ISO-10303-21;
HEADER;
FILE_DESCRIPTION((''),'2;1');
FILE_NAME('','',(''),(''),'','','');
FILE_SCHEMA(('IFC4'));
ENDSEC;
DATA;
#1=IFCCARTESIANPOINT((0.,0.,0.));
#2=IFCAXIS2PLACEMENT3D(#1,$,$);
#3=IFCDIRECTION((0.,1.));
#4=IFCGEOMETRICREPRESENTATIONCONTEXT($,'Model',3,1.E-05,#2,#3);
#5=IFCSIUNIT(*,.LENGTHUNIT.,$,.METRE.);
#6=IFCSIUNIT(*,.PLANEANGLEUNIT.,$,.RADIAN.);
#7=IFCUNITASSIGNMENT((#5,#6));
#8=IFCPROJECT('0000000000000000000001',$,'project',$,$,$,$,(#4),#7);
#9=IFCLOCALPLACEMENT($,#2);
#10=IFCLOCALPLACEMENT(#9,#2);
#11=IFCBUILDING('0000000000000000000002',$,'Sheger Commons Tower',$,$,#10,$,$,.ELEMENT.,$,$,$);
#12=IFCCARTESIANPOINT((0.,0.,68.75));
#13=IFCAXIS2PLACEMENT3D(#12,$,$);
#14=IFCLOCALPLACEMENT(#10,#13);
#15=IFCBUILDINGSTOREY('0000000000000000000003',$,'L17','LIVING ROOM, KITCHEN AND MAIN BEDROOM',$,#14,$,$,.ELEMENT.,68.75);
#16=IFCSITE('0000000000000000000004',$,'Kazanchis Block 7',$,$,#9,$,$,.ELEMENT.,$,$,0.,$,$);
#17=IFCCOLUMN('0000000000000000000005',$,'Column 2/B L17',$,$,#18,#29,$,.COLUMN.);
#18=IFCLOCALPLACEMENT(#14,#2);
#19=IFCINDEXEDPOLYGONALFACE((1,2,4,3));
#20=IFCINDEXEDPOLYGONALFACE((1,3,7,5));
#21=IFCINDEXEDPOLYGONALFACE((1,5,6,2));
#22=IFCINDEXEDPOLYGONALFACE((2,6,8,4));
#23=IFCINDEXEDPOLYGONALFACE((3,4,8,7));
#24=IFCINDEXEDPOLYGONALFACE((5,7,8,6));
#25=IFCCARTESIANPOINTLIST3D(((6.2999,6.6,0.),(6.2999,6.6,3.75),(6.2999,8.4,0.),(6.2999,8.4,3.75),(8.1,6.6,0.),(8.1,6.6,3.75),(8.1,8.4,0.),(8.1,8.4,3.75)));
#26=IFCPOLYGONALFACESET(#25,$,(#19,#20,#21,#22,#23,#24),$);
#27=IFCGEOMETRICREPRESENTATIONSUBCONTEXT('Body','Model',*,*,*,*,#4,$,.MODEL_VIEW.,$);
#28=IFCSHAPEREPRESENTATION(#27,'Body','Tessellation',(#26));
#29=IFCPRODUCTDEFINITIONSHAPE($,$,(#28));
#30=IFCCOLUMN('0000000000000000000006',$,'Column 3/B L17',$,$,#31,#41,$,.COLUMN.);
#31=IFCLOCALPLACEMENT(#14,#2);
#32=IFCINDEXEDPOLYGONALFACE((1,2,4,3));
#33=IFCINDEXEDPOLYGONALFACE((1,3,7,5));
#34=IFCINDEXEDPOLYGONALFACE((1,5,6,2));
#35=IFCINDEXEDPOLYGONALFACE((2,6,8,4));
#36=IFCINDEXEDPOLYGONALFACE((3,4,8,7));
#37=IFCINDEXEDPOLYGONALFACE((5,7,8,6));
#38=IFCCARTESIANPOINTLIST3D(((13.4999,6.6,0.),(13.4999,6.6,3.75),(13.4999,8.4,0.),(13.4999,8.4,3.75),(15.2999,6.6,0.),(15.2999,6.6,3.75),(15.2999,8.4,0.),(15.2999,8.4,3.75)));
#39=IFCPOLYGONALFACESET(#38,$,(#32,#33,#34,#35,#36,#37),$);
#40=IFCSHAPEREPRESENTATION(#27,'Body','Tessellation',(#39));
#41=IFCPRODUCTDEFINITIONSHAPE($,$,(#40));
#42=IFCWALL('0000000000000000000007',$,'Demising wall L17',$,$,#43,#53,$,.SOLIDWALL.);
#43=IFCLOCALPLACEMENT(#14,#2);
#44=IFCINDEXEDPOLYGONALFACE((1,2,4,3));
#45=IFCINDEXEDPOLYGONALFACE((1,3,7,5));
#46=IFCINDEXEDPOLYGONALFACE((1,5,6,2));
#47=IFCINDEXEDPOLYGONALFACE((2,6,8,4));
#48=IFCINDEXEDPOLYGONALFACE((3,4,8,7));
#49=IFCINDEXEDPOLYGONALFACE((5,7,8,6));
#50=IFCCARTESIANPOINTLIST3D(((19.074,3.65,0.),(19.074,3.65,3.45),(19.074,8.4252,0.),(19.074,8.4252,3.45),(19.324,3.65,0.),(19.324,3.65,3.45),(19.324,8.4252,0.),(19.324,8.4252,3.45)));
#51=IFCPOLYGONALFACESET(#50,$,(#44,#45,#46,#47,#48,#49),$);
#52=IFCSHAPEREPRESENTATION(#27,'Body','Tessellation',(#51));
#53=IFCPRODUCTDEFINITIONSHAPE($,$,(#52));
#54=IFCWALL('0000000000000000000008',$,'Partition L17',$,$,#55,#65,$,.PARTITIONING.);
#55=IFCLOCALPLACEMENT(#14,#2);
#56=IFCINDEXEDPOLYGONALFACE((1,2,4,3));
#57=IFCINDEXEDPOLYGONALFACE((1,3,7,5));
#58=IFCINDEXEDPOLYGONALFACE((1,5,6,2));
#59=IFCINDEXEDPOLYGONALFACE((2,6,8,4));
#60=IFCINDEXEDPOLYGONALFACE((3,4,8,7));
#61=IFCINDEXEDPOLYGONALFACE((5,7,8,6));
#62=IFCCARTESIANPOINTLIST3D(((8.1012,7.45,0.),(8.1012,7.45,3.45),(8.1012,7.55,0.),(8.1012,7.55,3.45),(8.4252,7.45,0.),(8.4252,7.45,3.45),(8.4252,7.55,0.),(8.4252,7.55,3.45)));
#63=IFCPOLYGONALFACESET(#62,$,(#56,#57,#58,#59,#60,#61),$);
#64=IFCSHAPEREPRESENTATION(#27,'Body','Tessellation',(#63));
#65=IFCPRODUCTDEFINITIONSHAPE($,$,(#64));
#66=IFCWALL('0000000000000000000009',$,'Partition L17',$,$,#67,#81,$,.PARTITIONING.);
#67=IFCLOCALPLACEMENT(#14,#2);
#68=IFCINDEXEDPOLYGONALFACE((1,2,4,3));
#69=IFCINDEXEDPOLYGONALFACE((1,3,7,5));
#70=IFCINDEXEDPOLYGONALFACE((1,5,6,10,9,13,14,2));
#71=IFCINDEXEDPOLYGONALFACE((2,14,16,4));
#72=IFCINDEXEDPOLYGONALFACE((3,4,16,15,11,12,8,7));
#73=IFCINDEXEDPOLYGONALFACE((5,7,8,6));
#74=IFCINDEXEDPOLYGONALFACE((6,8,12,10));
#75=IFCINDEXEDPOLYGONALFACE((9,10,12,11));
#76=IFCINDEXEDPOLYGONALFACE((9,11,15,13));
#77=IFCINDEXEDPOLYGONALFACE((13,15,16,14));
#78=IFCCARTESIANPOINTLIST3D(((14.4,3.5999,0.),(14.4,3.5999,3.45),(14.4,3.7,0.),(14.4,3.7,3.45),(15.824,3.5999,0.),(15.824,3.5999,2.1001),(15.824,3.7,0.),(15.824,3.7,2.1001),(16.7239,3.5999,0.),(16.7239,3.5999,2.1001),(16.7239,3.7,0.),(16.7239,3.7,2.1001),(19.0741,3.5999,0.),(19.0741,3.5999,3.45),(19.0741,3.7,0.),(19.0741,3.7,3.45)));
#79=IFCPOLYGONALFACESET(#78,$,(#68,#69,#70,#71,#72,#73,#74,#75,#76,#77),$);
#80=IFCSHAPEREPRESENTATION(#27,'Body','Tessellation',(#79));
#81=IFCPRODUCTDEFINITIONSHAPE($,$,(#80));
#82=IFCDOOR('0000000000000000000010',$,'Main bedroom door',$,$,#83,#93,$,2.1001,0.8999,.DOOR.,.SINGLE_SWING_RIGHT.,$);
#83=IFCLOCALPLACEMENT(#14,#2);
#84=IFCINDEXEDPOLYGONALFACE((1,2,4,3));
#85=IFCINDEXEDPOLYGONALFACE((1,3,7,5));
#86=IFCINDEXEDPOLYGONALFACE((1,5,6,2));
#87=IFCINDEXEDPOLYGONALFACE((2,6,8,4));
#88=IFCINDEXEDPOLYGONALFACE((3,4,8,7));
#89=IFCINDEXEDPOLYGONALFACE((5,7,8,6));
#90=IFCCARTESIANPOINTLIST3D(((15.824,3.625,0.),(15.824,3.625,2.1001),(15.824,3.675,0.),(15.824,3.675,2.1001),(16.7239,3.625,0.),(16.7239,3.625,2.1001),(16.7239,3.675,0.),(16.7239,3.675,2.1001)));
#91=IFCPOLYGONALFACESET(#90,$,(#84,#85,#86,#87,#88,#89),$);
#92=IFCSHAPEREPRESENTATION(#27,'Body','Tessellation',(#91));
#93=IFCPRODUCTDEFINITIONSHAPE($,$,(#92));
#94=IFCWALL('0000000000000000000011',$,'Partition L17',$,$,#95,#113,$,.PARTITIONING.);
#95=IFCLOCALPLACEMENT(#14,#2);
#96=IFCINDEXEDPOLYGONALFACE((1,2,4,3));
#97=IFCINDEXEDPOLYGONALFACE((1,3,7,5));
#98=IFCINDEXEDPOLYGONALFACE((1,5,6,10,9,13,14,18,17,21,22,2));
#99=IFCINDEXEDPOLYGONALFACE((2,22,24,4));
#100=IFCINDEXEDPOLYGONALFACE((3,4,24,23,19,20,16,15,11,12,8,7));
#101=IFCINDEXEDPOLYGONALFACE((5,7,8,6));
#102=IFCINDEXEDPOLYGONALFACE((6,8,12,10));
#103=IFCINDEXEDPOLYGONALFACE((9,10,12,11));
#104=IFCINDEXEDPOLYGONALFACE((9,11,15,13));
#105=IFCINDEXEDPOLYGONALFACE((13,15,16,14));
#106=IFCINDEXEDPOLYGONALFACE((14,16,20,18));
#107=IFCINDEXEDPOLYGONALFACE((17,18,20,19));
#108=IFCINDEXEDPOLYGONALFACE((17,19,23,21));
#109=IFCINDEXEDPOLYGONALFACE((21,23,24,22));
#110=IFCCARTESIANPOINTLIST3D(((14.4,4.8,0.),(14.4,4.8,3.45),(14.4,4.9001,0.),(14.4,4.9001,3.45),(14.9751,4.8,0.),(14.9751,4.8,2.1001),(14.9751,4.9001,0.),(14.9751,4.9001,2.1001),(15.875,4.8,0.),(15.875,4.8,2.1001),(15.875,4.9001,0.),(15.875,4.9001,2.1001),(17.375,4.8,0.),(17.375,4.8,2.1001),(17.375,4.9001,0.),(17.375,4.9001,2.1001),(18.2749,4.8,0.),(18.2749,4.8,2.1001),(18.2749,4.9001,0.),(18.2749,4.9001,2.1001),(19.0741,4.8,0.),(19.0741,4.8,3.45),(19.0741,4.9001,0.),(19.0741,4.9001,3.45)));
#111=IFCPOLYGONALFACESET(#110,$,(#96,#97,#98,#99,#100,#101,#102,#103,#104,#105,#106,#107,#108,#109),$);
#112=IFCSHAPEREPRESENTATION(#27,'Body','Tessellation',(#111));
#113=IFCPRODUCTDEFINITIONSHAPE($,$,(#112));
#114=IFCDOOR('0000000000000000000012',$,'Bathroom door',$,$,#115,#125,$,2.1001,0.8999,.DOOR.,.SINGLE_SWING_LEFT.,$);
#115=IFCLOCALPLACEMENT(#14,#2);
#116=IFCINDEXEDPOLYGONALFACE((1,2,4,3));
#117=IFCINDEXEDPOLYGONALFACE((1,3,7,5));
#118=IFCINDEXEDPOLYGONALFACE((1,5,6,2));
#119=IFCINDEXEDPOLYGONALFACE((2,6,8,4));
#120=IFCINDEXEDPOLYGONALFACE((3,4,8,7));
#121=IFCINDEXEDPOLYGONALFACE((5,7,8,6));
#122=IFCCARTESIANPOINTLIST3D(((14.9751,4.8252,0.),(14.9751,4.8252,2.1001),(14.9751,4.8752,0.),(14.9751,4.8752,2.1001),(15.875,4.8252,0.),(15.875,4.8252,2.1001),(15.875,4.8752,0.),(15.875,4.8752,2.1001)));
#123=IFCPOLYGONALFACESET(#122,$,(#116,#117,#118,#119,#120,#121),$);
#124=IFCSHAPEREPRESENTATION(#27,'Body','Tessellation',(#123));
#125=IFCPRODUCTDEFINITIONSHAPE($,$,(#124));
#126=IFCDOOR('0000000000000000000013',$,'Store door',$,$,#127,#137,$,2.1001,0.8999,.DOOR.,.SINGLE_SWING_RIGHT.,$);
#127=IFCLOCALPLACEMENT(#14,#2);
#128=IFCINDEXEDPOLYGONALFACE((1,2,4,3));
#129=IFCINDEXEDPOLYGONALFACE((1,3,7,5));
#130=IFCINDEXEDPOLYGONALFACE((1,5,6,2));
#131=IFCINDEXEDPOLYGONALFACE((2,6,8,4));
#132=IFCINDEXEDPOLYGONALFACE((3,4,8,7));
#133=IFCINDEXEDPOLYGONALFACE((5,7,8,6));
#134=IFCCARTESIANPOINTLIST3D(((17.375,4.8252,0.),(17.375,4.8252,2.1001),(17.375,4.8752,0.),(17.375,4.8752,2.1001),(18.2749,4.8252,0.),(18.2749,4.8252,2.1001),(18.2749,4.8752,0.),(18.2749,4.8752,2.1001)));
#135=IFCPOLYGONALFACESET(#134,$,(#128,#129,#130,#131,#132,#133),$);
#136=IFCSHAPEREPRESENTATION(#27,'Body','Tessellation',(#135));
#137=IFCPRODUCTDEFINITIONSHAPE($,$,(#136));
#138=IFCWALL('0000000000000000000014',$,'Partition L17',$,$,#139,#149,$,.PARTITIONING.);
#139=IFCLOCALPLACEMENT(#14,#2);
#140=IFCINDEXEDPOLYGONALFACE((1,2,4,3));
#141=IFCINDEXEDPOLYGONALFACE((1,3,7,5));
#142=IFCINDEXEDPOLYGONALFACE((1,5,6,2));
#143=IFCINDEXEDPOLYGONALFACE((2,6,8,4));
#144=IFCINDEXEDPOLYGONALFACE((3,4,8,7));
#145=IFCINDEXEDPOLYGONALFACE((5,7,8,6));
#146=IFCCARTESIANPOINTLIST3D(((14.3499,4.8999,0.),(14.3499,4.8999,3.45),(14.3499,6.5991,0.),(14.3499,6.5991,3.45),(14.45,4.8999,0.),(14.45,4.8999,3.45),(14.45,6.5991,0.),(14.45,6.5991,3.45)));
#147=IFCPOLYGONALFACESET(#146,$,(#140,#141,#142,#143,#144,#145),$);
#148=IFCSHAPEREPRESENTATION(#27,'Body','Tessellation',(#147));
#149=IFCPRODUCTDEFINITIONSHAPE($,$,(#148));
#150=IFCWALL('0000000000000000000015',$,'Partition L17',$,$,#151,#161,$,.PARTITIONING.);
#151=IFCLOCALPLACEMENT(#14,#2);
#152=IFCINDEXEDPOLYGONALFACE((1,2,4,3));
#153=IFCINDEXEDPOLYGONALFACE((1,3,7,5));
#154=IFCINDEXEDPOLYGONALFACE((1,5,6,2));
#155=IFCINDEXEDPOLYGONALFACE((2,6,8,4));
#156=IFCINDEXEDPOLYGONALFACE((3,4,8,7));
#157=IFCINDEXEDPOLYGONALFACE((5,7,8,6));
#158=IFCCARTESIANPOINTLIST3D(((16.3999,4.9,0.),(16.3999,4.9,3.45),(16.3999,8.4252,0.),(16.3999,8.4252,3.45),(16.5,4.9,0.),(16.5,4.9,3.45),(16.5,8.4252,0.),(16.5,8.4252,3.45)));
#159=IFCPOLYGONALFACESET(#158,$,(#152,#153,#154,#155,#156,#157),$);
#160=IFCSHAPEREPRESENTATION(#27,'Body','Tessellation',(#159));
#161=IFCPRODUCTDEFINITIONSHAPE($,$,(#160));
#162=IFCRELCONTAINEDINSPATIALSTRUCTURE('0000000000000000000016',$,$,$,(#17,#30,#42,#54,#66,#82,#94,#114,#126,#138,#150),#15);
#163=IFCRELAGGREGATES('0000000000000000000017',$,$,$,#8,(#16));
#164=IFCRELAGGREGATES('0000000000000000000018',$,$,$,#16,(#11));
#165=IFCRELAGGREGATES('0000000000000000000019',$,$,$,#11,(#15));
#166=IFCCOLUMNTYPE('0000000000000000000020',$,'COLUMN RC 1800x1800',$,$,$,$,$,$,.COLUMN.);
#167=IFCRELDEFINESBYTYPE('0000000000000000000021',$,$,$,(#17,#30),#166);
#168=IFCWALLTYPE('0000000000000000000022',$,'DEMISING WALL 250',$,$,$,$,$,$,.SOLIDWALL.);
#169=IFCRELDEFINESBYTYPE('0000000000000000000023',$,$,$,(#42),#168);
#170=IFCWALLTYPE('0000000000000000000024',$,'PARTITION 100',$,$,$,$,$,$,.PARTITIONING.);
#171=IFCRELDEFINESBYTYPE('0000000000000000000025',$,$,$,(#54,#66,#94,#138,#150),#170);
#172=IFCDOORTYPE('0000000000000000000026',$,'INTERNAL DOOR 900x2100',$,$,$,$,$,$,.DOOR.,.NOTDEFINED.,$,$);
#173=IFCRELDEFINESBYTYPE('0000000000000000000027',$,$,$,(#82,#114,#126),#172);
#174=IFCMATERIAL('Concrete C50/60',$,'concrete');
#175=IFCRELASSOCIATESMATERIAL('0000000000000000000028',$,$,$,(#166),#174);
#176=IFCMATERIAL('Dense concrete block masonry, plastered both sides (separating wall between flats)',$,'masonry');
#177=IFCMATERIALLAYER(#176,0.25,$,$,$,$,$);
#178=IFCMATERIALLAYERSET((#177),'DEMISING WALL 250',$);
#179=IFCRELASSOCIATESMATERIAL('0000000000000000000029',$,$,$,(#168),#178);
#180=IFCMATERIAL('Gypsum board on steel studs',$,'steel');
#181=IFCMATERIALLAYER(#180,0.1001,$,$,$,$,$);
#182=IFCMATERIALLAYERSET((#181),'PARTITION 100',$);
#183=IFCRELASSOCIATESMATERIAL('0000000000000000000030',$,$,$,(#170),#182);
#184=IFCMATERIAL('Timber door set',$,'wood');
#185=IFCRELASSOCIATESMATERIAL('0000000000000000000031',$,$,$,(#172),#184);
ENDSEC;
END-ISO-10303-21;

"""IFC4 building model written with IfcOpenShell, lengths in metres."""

from ifc_helpers import new_model, si_unit, direction, frame, frame_2d, origin, origin_2d, place, context, subcontext, project, spatial, rectangle, extrude, material, layer, layer_set, material_profile, profile_set, type_object, element, fill, save


model = new_model("IFC4")

# Units and contexts
model_context = context("Model", 3, precision=1e-05, world=origin(), true_north=direction((0.0, 1.0)))
body_context = subcontext(model_context, "Body", "Model", "MODEL_VIEW")
ifc_project = project(units=[si_unit("LENGTHUNIT", "METRE"), si_unit("PLANEANGLEUNIT", "RADIAN")], contexts=[model_context])

# Site, building, storey
site_placement = place(None, origin())
site = spatial("IfcSite", under=ifc_project, at=site_placement, Name="Kazanchis Block 7", CompositionType="ELEMENT", RefElevation=0.0)
building_placement = place(site_placement, origin())
building = spatial("IfcBuilding", under=site, at=building_placement, Name="Sheger Commons Tower", CompositionType="ELEMENT")
storey_placement = place(building_placement, frame((0.0, 0.0, 68.75)))
storey = spatial("IfcBuildingStorey", under=building, at=storey_placement, Name="L17", Description="LIVING ROOM, KITCHEN AND MAIN BEDROOM", CompositionType="ELEMENT", Elevation=68.75)

# Columns
ifc_material_1 = material(Name="Concrete C50/60", Category="concrete")
ifc_material_profile = material_profile(ifc_material_1, rectangle(XDim=1.8, YDim=1.8, at=origin_2d()), Name="RC 1800x1800")
ifc_profile_set = profile_set([ifc_material_profile], Name="Concrete C50/60")
column_type = type_object("IfcColumnType", Name="COLUMN RC 1800x1800", PredefinedType="COLUMN", material=ifc_profile_set)
for number, where, z_axis, x_axis, name in (
    (1, (7.2, 7.5, 0.0), (0.0, 0.0, 1.0), (1.0, 0.0, 0.0), "Column 2/B L17"),
    (2, (14.3999, 7.5, 0.0), (0.0, 0.0, 1.0), (1.0, 0.0, 0.0), "Column 3/B L17"),
):
    element("IfcColumn", number, at=place(storey_placement, frame(where, z_axis=z_axis, x_axis=x_axis)), inside=storey, type_object=column_type, Name=name, PredefinedType="COLUMN", context=body_context, shape_type="SweptSolid", body=[
        extrude(rectangle(XDim=1.8, YDim=1.8, at=origin_2d()), origin(), (0.0, 0.0, 1.0), 3.75),
    ])

# Walls
ifc_material_2 = material(Name="Dense concrete block masonry, plastered both sides (separating wall between flats)", Category="masonry")
ifc_layer_1 = layer(ifc_material_2, 0.25)
ifc_layer_set_1 = layer_set([ifc_layer_1], Name="DEMISING WALL 250")
wall_type_1 = type_object("IfcWallType", Name="DEMISING WALL 250", PredefinedType="SOLIDWALL", material=ifc_layer_set_1)
wall_1_placement = place(storey_placement, frame((19.199, 3.6499, 0.0), z_axis=(0.0, 0.0, 1.0), x_axis=(0.0, 1.0, 0.0)))
element("IfcWall", 3, at=wall_1_placement, inside=storey, type_object=wall_type_1, Name="Demising wall L17", PredefinedType="SOLIDWALL", context=body_context, shape_type="SweptSolid", body=[
    extrude(rectangle(XDim=4.7751, YDim=0.25, at=frame_2d((2.3877, 0.0))), origin(), (0.0, 0.0, 1.0), 3.45),
])
ifc_material_3 = material(Name="Gypsum board on steel studs", Category="steel")
ifc_layer_2 = layer(ifc_material_3, 0.1001)
ifc_layer_set_2 = layer_set([ifc_layer_2], Name="PARTITION 100")
wall_type_2 = type_object("IfcWallType", Name="PARTITION 100", PredefinedType="PARTITIONING", material=ifc_layer_set_2)
wall_2_placement = place(storey_placement, frame((8.1011, 7.5, 0.0), z_axis=(0.0, 0.0, 1.0), x_axis=(1.0, 0.0, 0.0)))
element("IfcWall", 4, at=wall_2_placement, inside=storey, type_object=wall_type_2, Name="Partition L17", PredefinedType="PARTITIONING", context=body_context, shape_type="SweptSolid", body=[
    extrude(rectangle(XDim=0.324, YDim=0.1001, at=frame_2d((0.1621, 0.0))), origin(), (0.0, 0.0, 1.0), 3.45),
])

# Wall, opening, door
wall_3_placement = place(storey_placement, frame((19.074, 3.6499, 0.0), z_axis=(0.0, 0.0, 1.0), x_axis=(-1.0, 0.0, 0.0)))
wall_3 = element("IfcWall", 5, at=wall_3_placement, inside=storey, type_object=wall_type_2, Name="Partition L17", PredefinedType="PARTITIONING", context=body_context, shape_type="SweptSolid", body=[
    extrude(rectangle(XDim=4.6741, YDim=0.1001, at=frame_2d((2.3369, 0.0))), origin(), (0.0, 0.0, 1.0), 3.45),
])
opening_1_placement = place(wall_3_placement, frame((2.3501, 0.0, 0.0)))
opening_1 = element("IfcOpeningElement", 6, at=opening_1_placement, cuts=wall_3, PredefinedType="OPENING", context=body_context, shape_type="SweptSolid", body=[
    extrude(rectangle(XDim=0.8999, YDim=2.1001, at=frame_2d((0.45, 1.05))), frame((0.0, 0.0601, 0.0), z_axis=(0.0, -1.0, 0.0), x_axis=(1.0, 0.0, 0.0)), (0.0, 0.0, 1.0), 0.1201),
])
ifc_material_4 = material(Name="Timber door set", Category="wood")
door_type_1 = type_object("IfcDoorType", Name="INTERNAL DOOR 900x2100", OperationType="NOTDEFINED", PredefinedType="DOOR", material=ifc_material_4)
door_1_placement = place(opening_1_placement, origin())
door_1 = element("IfcDoor", 7, at=door_1_placement, inside=storey, type_object=door_type_1, Name="Main bedroom door", OperationType="SINGLE_SWING_RIGHT", OverallHeight=2.1001, OverallWidth=0.8999, PredefinedType="DOOR", context=body_context, shape_type="SweptSolid", body=[
    extrude(rectangle(XDim=0.8999, YDim=2.1001, at=frame_2d((0.45, 1.05))), frame((0.0, 0.0249, 0.0), z_axis=(0.0, -1.0, 0.0), x_axis=(1.0, 0.0, 0.0)), (0.0, 0.0, 1.0), 0.05),
])
fill(opening_1, door_1)

# Wall, openings, doors
wall_4_placement = place(storey_placement, frame((19.074, 4.8501, 0.0), z_axis=(0.0, 0.0, 1.0), x_axis=(-1.0, 0.0, 0.0)))
wall_4 = element("IfcWall", 8, at=wall_4_placement, inside=storey, type_object=wall_type_2, Name="Partition L17", PredefinedType="PARTITIONING", context=body_context, shape_type="SweptSolid", body=[
    extrude(rectangle(XDim=4.6741, YDim=0.1001, at=frame_2d((2.3369, 0.0))), origin(), (0.0, 0.0, 1.0), 3.45),
])
opening_2_placement = place(wall_4_placement, frame((3.199, 0.0, 0.0)))
opening_2 = element("IfcOpeningElement", 9, at=opening_2_placement, cuts=wall_4, PredefinedType="OPENING", context=body_context, shape_type="SweptSolid", body=[
    extrude(rectangle(XDim=0.8999, YDim=2.1001, at=frame_2d((0.45, 1.05))), frame((0.0, 0.0601, 0.0), z_axis=(0.0, -1.0, 0.0), x_axis=(1.0, 0.0, 0.0)), (0.0, 0.0, 1.0), 0.1201),
])
opening_3_placement = place(wall_4_placement, frame((0.7991, 0.0, 0.0)))
opening_3 = element("IfcOpeningElement", 10, at=opening_3_placement, cuts=wall_4, PredefinedType="OPENING", context=body_context, shape_type="SweptSolid", body=[
    extrude(rectangle(XDim=0.8999, YDim=2.1001, at=frame_2d((0.45, 1.05))), frame((0.0, 0.0601, 0.0), z_axis=(0.0, -1.0, 0.0), x_axis=(1.0, 0.0, 0.0)), (0.0, 0.0, 1.0), 0.1201),
])
door_2_placement = place(opening_2_placement, origin())
door_2 = element("IfcDoor", 11, at=door_2_placement, inside=storey, type_object=door_type_1, Name="Bathroom door", OperationType="SINGLE_SWING_LEFT", OverallHeight=2.1001, OverallWidth=0.8999, PredefinedType="DOOR", context=body_context, shape_type="SweptSolid", body=[
    extrude(rectangle(XDim=0.8999, YDim=2.1001, at=frame_2d((0.45, 1.05))), frame((0.0, 0.0249, 0.0), z_axis=(0.0, -1.0, 0.0), x_axis=(1.0, 0.0, 0.0)), (0.0, 0.0, 1.0), 0.05),
])
fill(opening_2, door_2)
door_3_placement = place(opening_3_placement, origin())
door_3 = element("IfcDoor", 12, at=door_3_placement, inside=storey, type_object=door_type_1, Name="Store door", OperationType="SINGLE_SWING_RIGHT", OverallHeight=2.1001, OverallWidth=0.8999, PredefinedType="DOOR", context=body_context, shape_type="SweptSolid", body=[
    extrude(rectangle(XDim=0.8999, YDim=2.1001, at=frame_2d((0.45, 1.05))), frame((0.0, 0.0249, 0.0), z_axis=(0.0, -1.0, 0.0), x_axis=(1.0, 0.0, 0.0)), (0.0, 0.0, 1.0), 0.05),
])
fill(opening_3, door_3)

# Walls
wall_5_placement = place(storey_placement, frame((14.3999, 4.8999, 0.0), z_axis=(0.0, 0.0, 1.0), x_axis=(0.0, 1.0, 0.0)))
element("IfcWall", 13, at=wall_5_placement, inside=storey, type_object=wall_type_2, Name="Partition L17", PredefinedType="PARTITIONING", context=body_context, shape_type="SweptSolid", body=[
    extrude(rectangle(XDim=1.6992, YDim=0.1001, at=frame_2d((0.8496, 0.0))), origin(), (0.0, 0.0, 1.0), 3.45),
])
wall_6_placement = place(storey_placement, frame((16.45, 4.8999, 0.0), z_axis=(0.0, 0.0, 1.0), x_axis=(0.0, 1.0, 0.0)))
element("IfcWall", 14, at=wall_6_placement, inside=storey, type_object=wall_type_2, Name="Partition L17", PredefinedType="PARTITIONING", context=body_context, shape_type="SweptSolid", body=[
    extrude(rectangle(XDim=3.5251, YDim=0.1001, at=frame_2d((1.7627, 0.0))), origin(), (0.0, 0.0, 1.0), 3.45),
])

save(model, "model.ifc")
